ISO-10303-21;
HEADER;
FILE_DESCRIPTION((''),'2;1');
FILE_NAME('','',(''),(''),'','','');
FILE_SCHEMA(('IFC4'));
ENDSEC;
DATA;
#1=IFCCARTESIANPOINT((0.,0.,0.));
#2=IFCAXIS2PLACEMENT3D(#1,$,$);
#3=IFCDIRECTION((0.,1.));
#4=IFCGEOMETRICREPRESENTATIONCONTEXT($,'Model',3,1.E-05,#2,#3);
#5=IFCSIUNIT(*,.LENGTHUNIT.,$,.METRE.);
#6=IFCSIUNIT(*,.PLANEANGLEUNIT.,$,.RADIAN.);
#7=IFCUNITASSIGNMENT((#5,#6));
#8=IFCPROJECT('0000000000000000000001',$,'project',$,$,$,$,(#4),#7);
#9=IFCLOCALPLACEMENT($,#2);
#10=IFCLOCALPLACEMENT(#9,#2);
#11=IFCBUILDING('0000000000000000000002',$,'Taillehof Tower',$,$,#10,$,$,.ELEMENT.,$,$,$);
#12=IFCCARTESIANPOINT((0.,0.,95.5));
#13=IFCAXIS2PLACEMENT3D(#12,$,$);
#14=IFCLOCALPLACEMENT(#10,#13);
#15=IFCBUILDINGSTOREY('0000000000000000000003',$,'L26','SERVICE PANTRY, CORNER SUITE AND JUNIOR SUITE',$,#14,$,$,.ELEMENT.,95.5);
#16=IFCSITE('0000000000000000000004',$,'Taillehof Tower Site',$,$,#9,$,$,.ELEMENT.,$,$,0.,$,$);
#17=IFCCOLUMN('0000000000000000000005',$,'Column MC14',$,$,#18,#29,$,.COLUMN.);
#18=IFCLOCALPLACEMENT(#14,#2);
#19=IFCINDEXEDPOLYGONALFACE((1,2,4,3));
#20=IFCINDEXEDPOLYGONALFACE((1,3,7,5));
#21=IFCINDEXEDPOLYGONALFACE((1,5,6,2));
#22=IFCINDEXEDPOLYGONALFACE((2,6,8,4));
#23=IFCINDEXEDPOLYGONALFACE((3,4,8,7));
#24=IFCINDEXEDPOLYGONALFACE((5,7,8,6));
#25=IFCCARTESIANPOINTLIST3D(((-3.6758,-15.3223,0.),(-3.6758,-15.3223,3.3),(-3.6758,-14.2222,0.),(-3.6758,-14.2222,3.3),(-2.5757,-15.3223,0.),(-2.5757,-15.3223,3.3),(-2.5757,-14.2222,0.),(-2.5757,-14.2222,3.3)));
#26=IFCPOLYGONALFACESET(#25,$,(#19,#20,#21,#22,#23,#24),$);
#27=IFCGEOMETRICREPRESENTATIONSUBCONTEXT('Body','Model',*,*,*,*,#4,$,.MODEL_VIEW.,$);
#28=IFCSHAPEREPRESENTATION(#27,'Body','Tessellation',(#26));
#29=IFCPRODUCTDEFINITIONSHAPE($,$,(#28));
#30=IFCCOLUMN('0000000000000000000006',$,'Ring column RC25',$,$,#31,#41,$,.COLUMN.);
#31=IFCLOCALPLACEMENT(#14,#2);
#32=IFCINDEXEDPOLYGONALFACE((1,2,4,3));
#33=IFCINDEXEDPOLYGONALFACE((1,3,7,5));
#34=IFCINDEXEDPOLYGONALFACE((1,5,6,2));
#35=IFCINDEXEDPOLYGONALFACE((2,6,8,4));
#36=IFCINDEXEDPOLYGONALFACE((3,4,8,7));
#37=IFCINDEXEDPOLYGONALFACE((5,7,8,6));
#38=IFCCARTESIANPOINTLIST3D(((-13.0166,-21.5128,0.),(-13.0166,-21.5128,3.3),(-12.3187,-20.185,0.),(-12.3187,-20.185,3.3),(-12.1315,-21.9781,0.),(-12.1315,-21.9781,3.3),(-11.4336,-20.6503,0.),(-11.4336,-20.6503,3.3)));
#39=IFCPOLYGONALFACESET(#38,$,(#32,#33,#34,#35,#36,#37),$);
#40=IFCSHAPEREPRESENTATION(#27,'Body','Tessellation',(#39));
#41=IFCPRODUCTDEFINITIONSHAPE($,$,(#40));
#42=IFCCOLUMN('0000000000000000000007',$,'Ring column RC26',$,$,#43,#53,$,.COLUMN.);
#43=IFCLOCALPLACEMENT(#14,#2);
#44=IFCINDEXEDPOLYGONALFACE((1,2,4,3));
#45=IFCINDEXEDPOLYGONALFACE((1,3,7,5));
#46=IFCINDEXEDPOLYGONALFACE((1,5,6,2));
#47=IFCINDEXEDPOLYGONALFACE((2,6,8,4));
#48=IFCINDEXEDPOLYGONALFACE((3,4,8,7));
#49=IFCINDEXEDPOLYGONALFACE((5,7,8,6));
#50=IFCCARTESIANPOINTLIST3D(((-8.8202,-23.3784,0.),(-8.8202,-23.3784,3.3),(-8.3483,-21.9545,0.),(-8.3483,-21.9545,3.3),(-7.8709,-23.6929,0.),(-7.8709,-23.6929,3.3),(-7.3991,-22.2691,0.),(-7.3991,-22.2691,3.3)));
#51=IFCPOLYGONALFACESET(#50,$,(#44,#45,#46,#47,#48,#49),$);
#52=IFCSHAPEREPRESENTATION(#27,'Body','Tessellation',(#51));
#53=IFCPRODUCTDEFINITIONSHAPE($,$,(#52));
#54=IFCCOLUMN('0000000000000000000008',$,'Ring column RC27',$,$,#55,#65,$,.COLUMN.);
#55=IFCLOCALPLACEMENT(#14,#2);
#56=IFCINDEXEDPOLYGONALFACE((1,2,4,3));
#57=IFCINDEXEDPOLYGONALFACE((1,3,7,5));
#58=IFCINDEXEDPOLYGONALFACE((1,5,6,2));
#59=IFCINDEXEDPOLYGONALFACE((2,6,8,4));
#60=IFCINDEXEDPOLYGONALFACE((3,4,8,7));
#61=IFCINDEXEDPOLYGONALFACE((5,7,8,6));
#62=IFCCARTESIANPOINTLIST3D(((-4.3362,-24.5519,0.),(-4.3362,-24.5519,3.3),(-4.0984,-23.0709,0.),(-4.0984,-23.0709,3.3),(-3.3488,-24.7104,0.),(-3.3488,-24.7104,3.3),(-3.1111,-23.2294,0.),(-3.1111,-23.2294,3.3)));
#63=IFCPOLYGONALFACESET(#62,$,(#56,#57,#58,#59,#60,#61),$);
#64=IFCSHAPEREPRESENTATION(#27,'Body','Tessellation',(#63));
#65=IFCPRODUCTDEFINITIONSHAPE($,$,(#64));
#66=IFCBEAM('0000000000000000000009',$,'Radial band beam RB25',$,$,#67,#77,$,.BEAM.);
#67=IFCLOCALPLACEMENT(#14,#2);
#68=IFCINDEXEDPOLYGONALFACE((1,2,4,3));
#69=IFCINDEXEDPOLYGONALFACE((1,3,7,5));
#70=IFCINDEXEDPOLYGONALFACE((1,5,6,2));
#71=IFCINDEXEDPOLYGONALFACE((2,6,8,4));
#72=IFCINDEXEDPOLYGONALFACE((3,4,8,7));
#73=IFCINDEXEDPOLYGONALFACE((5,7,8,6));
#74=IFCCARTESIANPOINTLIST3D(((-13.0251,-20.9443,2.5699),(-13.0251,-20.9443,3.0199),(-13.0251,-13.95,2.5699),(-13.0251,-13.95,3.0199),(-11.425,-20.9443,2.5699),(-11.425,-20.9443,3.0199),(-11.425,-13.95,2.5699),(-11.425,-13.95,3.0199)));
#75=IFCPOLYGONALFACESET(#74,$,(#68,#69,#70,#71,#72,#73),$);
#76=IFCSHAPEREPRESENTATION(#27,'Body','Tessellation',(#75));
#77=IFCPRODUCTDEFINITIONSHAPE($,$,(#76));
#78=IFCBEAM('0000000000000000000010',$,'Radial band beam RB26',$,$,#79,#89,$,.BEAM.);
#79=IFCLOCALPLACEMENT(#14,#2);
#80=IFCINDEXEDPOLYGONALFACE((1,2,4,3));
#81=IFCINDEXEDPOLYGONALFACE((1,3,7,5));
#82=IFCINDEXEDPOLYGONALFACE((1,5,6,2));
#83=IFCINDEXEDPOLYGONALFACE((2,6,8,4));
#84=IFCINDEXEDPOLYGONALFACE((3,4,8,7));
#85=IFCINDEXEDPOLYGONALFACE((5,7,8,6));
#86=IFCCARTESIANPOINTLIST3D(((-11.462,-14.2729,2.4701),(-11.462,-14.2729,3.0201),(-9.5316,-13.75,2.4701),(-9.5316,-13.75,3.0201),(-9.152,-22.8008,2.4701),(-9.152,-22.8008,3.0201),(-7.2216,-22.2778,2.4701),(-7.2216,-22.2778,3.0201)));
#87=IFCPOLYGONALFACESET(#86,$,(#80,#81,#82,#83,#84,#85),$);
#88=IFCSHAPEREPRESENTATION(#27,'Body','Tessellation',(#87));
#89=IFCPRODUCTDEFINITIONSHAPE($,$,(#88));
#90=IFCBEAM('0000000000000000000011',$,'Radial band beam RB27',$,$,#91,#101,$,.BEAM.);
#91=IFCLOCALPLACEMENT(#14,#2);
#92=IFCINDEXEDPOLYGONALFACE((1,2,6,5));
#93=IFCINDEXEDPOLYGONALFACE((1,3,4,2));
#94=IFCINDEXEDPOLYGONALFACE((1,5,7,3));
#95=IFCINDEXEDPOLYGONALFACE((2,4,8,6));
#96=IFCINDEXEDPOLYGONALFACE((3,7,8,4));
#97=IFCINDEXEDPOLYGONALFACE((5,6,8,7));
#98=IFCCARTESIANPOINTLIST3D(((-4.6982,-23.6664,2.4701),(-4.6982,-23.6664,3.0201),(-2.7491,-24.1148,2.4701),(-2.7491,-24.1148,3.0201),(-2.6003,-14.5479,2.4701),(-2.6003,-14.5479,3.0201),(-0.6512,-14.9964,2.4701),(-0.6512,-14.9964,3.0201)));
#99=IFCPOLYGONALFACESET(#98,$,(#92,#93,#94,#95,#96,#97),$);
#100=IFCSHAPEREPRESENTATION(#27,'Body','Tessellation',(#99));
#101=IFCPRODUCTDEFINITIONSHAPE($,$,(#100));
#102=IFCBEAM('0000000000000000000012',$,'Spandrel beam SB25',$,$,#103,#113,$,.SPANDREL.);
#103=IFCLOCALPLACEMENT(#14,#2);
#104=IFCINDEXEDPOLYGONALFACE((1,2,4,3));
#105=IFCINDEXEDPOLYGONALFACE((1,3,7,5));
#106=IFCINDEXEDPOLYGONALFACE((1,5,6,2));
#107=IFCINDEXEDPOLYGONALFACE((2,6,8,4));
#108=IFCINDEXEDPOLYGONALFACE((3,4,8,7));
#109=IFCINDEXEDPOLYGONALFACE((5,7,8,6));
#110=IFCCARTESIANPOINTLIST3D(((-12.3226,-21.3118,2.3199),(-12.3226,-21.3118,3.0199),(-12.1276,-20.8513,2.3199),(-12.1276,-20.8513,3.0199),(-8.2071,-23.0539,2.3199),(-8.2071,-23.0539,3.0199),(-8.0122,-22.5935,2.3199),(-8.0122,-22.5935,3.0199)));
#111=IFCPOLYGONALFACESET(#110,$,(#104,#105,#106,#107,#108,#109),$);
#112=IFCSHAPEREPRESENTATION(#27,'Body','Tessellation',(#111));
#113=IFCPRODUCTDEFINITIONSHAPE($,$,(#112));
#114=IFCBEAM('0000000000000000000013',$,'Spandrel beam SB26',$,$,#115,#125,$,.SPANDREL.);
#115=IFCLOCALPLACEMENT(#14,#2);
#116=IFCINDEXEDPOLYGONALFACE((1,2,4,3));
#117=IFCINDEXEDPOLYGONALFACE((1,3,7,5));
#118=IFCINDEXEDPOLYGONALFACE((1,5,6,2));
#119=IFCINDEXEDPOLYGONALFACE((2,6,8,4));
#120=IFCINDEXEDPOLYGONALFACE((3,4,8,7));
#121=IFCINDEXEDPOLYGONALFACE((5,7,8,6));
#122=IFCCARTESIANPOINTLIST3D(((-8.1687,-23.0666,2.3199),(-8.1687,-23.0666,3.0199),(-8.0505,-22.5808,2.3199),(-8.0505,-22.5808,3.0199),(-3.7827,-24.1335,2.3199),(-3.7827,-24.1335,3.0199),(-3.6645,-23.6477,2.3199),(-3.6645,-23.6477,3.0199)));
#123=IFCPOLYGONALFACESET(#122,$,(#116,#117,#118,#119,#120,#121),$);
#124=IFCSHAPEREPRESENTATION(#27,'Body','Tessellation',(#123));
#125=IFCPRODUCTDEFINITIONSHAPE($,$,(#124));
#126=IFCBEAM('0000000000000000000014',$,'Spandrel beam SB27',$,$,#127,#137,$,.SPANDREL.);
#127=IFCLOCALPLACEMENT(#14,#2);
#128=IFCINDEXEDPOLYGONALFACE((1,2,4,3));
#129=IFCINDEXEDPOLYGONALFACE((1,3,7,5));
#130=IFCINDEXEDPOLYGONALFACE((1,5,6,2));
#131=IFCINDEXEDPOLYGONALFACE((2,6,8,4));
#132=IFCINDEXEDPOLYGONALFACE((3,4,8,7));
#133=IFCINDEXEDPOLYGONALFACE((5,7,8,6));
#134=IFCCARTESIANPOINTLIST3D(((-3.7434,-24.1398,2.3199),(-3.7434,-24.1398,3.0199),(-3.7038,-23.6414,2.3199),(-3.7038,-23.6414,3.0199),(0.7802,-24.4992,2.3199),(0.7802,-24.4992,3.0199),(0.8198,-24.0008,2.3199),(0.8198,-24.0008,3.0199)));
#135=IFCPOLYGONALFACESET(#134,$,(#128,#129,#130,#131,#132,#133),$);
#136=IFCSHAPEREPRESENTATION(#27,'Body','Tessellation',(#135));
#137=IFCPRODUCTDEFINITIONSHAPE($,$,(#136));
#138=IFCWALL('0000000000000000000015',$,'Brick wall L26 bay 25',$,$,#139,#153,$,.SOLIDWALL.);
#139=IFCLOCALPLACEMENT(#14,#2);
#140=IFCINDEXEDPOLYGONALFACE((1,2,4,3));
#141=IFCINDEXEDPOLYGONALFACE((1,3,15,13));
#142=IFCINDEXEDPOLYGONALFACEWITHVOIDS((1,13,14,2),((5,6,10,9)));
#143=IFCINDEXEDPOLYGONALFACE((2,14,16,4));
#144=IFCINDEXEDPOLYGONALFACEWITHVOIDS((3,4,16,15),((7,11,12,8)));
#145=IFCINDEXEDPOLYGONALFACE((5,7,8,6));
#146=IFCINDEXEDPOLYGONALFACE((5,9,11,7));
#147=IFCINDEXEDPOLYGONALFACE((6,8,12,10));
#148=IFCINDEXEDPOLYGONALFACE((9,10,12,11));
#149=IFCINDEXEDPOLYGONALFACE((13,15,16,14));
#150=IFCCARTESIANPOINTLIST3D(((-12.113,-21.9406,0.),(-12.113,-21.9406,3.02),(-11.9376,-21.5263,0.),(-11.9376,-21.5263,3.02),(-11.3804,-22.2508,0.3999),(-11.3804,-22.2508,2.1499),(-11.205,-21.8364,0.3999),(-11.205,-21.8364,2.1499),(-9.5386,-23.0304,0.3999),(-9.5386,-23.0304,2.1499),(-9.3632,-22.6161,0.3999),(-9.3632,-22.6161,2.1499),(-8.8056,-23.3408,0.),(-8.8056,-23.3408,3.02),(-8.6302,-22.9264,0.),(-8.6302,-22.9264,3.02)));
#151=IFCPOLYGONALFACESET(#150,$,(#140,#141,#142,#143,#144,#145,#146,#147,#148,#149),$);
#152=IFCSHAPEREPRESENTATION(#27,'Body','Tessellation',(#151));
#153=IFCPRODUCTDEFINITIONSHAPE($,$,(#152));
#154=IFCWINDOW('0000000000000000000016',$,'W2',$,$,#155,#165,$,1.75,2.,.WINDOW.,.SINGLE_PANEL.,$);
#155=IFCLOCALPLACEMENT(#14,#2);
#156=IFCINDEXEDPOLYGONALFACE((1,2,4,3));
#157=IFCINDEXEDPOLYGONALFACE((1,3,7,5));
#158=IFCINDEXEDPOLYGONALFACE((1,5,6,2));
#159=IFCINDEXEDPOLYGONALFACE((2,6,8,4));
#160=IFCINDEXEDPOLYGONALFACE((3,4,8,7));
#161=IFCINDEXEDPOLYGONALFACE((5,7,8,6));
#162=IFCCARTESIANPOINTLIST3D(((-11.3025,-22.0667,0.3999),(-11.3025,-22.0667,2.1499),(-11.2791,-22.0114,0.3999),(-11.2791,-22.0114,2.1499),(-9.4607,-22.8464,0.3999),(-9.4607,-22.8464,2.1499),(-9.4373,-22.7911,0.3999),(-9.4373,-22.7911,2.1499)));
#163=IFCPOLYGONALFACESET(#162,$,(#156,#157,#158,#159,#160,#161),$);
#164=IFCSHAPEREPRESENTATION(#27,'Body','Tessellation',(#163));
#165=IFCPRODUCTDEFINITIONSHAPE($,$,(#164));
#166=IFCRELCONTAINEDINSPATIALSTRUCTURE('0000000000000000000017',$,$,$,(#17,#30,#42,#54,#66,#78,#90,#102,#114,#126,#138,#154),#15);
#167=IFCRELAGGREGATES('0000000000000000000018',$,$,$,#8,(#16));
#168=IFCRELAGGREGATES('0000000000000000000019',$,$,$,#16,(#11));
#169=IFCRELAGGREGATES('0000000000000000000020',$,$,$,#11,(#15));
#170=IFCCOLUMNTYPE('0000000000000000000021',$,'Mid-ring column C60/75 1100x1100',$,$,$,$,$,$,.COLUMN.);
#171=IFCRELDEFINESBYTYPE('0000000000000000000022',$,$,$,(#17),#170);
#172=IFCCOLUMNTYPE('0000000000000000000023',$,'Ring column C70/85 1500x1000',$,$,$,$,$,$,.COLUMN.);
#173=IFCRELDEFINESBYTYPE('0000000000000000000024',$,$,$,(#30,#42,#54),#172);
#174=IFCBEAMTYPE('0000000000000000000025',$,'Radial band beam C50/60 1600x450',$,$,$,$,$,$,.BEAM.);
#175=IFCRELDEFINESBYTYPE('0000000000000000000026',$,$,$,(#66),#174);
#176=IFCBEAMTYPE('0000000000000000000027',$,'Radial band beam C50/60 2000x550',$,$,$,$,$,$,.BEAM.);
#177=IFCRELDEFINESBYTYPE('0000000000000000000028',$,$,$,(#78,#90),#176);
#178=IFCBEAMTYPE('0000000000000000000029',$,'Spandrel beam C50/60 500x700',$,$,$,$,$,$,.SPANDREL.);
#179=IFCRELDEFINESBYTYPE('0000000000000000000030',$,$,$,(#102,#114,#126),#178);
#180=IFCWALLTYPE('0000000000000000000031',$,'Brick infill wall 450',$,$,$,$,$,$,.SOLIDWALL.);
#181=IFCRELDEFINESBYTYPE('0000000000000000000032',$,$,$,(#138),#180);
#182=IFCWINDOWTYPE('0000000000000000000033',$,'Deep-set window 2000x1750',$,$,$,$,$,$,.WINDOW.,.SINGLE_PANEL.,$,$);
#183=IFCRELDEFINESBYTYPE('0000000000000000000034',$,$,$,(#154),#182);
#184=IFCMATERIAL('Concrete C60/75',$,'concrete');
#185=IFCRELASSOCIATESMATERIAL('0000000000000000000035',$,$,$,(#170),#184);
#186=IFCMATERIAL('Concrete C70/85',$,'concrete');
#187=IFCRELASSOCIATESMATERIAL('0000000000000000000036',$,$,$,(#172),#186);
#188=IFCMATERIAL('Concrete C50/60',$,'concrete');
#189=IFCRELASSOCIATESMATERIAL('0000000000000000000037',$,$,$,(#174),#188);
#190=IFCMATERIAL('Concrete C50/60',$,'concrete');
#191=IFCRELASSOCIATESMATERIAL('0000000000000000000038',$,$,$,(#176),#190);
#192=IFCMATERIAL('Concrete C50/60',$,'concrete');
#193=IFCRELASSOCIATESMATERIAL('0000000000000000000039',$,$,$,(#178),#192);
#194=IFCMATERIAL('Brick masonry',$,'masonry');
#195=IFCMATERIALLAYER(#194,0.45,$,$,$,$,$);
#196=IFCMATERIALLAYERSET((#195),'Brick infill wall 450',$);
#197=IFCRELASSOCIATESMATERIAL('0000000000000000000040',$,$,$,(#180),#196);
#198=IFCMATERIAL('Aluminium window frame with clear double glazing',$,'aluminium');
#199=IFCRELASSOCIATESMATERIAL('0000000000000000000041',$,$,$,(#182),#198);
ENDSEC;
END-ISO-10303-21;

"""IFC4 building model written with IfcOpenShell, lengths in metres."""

from ifc_helpers import new_model, si_unit, direction, frame, frame_2d, origin, origin_2d, place, context, subcontext, project, spatial, rectangle, extrude, material, layer, layer_set, material_profile, profile_set, type_object, element, fill, save


model = new_model("IFC4")

# Units and contexts
model_context = context("Model", 3, precision=1e-05, world=origin(), true_north=direction((0.0, 1.0)))
body_context = subcontext(model_context, "Body", "Model", "MODEL_VIEW")
ifc_project = project(units=[si_unit("LENGTHUNIT", "METRE"), si_unit("PLANEANGLEUNIT", "RADIAN")], contexts=[model_context])

# Site, building, storey
site_placement = place(None, origin())
site = spatial("IfcSite", under=ifc_project, at=site_placement, Name="Taillehof Tower Site", CompositionType="ELEMENT", RefElevation=0.0)
building_placement = place(site_placement, origin())
building = spatial("IfcBuilding", under=site, at=building_placement, Name="Taillehof Tower", CompositionType="ELEMENT")
storey_placement = place(building_placement, frame((0.0, 0.0, 95.5)))
storey = spatial("IfcBuildingStorey", under=building, at=storey_placement, Name="L26", Description="SERVICE PANTRY, CORNER SUITE AND JUNIOR SUITE", CompositionType="ELEMENT", Elevation=95.5)

# Columns
ifc_material_1 = material(Name="Concrete C60/75", Category="concrete")
ifc_material_profile_1 = material_profile(ifc_material_1, rectangle(XDim=1.1001, YDim=1.1001, at=origin_2d()), Name="RC 1100x1100")
ifc_profile_set_1 = profile_set([ifc_material_profile_1], Name="Concrete C60/75")
column_type_1 = type_object("IfcColumnType", Name="Mid-ring column C60/75 1100x1100", PredefinedType="COLUMN", material=ifc_profile_set_1)
column_placement = place(storey_placement, frame((-3.1257, -14.7722, 0.0), z_axis=(0.0, 0.0, 1.0), x_axis=(1.0, 0.0, 0.0)))
element("IfcColumn", 1, at=column_placement, inside=storey, type_object=column_type_1, Name="Column MC14", PredefinedType="COLUMN", context=body_context, shape_type="SweptSolid", body=[
    extrude(rectangle(XDim=1.1001, YDim=1.1001, at=origin_2d()), origin(), (0.0, 0.0, 1.0), 3.3),
])
ifc_material_2 = material(Name="Concrete C70/85", Category="concrete")
ifc_material_profile_2 = material_profile(ifc_material_2, rectangle(XDim=1.5, YDim=1.0, at=origin_2d()), Name="RC 1500x1000")
ifc_profile_set_2 = profile_set([ifc_material_profile_2], Name="Concrete C70/85")
column_type_2 = type_object("IfcColumnType", Name="Ring column C70/85 1500x1000", PredefinedType="COLUMN", material=ifc_profile_set_2)
for number, where, z_axis, x_axis, name in (
    (2, (-12.2251, -21.0815, 0.0), (0.0, 0.0, 1.0), (-0.465283, -0.885162, 0.0), "Ring column RC25"),
    (3, (-8.1096, -22.8237, 0.0), (0.0, 0.0, 1.0), (-0.314555, -0.949239, 0.0), "Ring column RC26"),
    (4, (-3.7236, -23.8906, 0.0), (0.0, 0.0, 1.0), (-0.158507, -0.987358, 0.0), "Ring column RC27"),
):
    element("IfcColumn", number, at=place(storey_placement, frame(where, z_axis=z_axis, x_axis=x_axis)), inside=storey, type_object=column_type_2, Name=name, PredefinedType="COLUMN", context=body_context, shape_type="SweptSolid", body=[
        extrude(rectangle(XDim=1.5, YDim=1.0, at=origin_2d()), origin(), (0.0, 0.0, 1.0), 3.3),
    ])

# Beams
ifc_material_3 = material(Name="Concrete C50/60", Category="concrete")
ifc_material_profile_3 = material_profile(ifc_material_3, rectangle(XDim=1.6001, YDim=0.45, at=origin_2d()), Name="RC 1600x450")
ifc_profile_set_3 = profile_set([ifc_material_profile_3], Name="Concrete C50/60")
beam_type_1 = type_object("IfcBeamType", Name="Radial band beam C50/60 1600x450", PredefinedType="BEAM", material=ifc_profile_set_3)
beam_1_placement = place(storey_placement, frame((-12.2251, -20.9443, 2.7949), z_axis=(0.0, 1.0, 0.0), x_axis=(-1.0, 0.0, 0.0)))
element("IfcBeam", 5, at=beam_1_placement, inside=storey, type_object=beam_type_1, Name="Radial band beam RB25", PredefinedType="BEAM", context=body_context, shape_type="SweptSolid", body=[
    extrude(rectangle(XDim=1.6001, YDim=0.45, at=origin_2d()), origin(), (0.0, 0.0, 1.0), 6.9944),
])
ifc_material_4 = material(Name="Concrete C50/60", Category="concrete")
ifc_material_profile_4 = material_profile(ifc_material_4, rectangle(XDim=2.0, YDim=0.55, at=origin_2d()), Name="RC 2000x550")
ifc_profile_set_4 = profile_set([ifc_material_profile_4], Name="Concrete C50/60")
beam_type_2 = type_object("IfcBeamType", Name="Radial band beam C50/60 2000x550", PredefinedType="BEAM", material=ifc_profile_set_4)
beam_2_placement = place(storey_placement, frame((-8.1868, -22.5393, 2.7451), z_axis=(-0.261462, 0.965214, 0.0), x_axis=(-0.965214, -0.261462, 0.0)))
element("IfcBeam", 6, at=beam_2_placement, inside=storey, type_object=beam_type_2, Name="Radial band beam RB26", PredefinedType="BEAM", context=body_context, shape_type="SweptSolid", body=[
    extrude(rectangle(XDim=2.0, YDim=0.55, at=origin_2d()), origin(), (0.0, 0.0, 1.0), 8.8352),
])
beam_3_placement = place(storey_placement, frame((-3.7236, -23.8906, 2.7451), z_axis=(0.224215, 0.97454, 0.0), x_axis=(-0.97454, 0.224215, 0.0)))
element("IfcBeam", 7, at=beam_3_placement, inside=storey, type_object=beam_type_2, Name="Radial band beam RB27", PredefinedType="BEAM", context=body_context, shape_type="SweptSolid", body=[
    extrude(rectangle(XDim=2.0, YDim=0.55, at=origin_2d()), origin(), (0.0, 0.0, 1.0), 9.3567),
])
ifc_material_5 = material(Name="Concrete C50/60", Category="concrete")
ifc_material_profile_5 = material_profile(ifc_material_5, rectangle(XDim=0.5, YDim=0.7, at=origin_2d()), Name="RC 500x700")
ifc_profile_set_5 = profile_set([ifc_material_profile_5], Name="Concrete C50/60")
beam_type_3 = type_object("IfcBeamType", Name="Spandrel beam C50/60 500x700", PredefinedType="SPANDREL", material=ifc_profile_set_5)
beam_4_placement = place(storey_placement, frame((-12.2251, -21.0815, 2.6699), z_axis=(0.920885, -0.389834, 0.0), x_axis=(0.389834, 0.920885, 0.0)))
element("IfcBeam", 8, at=beam_4_placement, inside=storey, type_object=beam_type_3, Name="Spandrel beam SB25", PredefinedType="SPANDREL", context=body_context, shape_type="SweptSolid", body=[
    extrude(rectangle(XDim=0.5, YDim=0.7, at=origin_2d()), origin(), (0.0, 0.0, 1.0), 4.469),
])
beam_5_placement = place(storey_placement, frame((-8.1096, -22.8237, 2.6699), z_axis=(0.971666, -0.236358, 0.0), x_axis=(0.236358, 0.971666, 0.0)))
element("IfcBeam", 9, at=beam_5_placement, inside=storey, type_object=beam_type_3, Name="Spandrel beam SB26", PredefinedType="SPANDREL", context=body_context, shape_type="SweptSolid", body=[
    extrude(rectangle(XDim=0.5, YDim=0.7, at=origin_2d()), origin(), (0.0, 0.0, 1.0), 4.5139),
])
beam_6_placement = place(storey_placement, frame((-3.7236, -23.8906, 2.6699), z_axis=(0.996859, -0.079194, 0.0), x_axis=(0.079194, 0.996859, 0.0)))
element("IfcBeam", 10, at=beam_6_placement, inside=storey, type_object=beam_type_3, Name="Spandrel beam SB27", PredefinedType="SPANDREL", context=body_context, shape_type="SweptSolid", body=[
    extrude(rectangle(XDim=0.5, YDim=0.7, at=origin_2d()), origin(), (0.0, 0.0, 1.0), 4.5378),
])

# Wall, opening, window
ifc_material_6 = material(Name="Brick masonry", Category="masonry")
ifc_layer_1 = layer(ifc_material_6, 0.45)
ifc_layer_set_1 = layer_set([ifc_layer_1], Name="Brick infill wall 450")
wall_type_1 = type_object("IfcWallType", Name="Brick infill wall 450", PredefinedType="SOLIDWALL", material=ifc_layer_set_1)
wall_1_placement = place(storey_placement, frame((-12.0254, -21.7334, 0.0), z_axis=(0.0, 0.0, 1.0), x_axis=(0.92088, -0.389846, 0.0)))
wall_1 = element("IfcWall", 11, at=wall_1_placement, inside=storey, type_object=wall_type_1, Name="Brick wall L26 bay 25", PredefinedType="SOLIDWALL", context=body_context, shape_type="SweptSolid", body=[
    extrude(rectangle(XDim=3.5916, YDim=0.45, at=frame_2d((1.7959, 0.0))), origin(), (0.0, 0.0, 1.0), 3.02),
])
opening_1_placement = place(wall_1_placement, frame((0.7957, 0.0, 0.3999)))
opening_1 = element("IfcOpeningElement", 12, at=opening_1_placement, cuts=wall_1, PredefinedType="OPENING", context=body_context, shape_type="SweptSolid", body=[
    extrude(rectangle(XDim=2.0, YDim=1.75, at=frame_2d((1.0, 0.875))), frame((0.0, 0.2349, 0.0), z_axis=(0.0, -1.0, 0.0), x_axis=(1.0, 0.0, 0.0)), (0.0, 0.0, 1.0), 0.47),
])
ifc_material_7 = material(Name="Aluminium window frame with clear double glazing", Category="aluminium")
window_type = type_object("IfcWindowType", Name="Deep-set window 2000x1750", PartitioningType="SINGLE_PANEL", PredefinedType="WINDOW", material=ifc_material_7)
window_1_placement = place(opening_1_placement, origin())
window_1 = element("IfcWindow", 13, at=window_1_placement, inside=storey, type_object=window_type, Name="W2", OverallHeight=1.75, OverallWidth=2.0, PartitioningType="SINGLE_PANEL", PredefinedType="WINDOW", context=body_context, shape_type="SweptSolid", body=[
    extrude(rectangle(XDim=2.0, YDim=1.75, at=frame_2d((1.0, 0.875))), frame((0.0, 0.0349, 0.0), z_axis=(0.0, -1.0, 0.0), x_axis=(1.0, 0.0, 0.0)), (0.0, 0.0, 1.0), 0.0601),
])
fill(opening_1, window_1)

save(model, "model.ifc")
